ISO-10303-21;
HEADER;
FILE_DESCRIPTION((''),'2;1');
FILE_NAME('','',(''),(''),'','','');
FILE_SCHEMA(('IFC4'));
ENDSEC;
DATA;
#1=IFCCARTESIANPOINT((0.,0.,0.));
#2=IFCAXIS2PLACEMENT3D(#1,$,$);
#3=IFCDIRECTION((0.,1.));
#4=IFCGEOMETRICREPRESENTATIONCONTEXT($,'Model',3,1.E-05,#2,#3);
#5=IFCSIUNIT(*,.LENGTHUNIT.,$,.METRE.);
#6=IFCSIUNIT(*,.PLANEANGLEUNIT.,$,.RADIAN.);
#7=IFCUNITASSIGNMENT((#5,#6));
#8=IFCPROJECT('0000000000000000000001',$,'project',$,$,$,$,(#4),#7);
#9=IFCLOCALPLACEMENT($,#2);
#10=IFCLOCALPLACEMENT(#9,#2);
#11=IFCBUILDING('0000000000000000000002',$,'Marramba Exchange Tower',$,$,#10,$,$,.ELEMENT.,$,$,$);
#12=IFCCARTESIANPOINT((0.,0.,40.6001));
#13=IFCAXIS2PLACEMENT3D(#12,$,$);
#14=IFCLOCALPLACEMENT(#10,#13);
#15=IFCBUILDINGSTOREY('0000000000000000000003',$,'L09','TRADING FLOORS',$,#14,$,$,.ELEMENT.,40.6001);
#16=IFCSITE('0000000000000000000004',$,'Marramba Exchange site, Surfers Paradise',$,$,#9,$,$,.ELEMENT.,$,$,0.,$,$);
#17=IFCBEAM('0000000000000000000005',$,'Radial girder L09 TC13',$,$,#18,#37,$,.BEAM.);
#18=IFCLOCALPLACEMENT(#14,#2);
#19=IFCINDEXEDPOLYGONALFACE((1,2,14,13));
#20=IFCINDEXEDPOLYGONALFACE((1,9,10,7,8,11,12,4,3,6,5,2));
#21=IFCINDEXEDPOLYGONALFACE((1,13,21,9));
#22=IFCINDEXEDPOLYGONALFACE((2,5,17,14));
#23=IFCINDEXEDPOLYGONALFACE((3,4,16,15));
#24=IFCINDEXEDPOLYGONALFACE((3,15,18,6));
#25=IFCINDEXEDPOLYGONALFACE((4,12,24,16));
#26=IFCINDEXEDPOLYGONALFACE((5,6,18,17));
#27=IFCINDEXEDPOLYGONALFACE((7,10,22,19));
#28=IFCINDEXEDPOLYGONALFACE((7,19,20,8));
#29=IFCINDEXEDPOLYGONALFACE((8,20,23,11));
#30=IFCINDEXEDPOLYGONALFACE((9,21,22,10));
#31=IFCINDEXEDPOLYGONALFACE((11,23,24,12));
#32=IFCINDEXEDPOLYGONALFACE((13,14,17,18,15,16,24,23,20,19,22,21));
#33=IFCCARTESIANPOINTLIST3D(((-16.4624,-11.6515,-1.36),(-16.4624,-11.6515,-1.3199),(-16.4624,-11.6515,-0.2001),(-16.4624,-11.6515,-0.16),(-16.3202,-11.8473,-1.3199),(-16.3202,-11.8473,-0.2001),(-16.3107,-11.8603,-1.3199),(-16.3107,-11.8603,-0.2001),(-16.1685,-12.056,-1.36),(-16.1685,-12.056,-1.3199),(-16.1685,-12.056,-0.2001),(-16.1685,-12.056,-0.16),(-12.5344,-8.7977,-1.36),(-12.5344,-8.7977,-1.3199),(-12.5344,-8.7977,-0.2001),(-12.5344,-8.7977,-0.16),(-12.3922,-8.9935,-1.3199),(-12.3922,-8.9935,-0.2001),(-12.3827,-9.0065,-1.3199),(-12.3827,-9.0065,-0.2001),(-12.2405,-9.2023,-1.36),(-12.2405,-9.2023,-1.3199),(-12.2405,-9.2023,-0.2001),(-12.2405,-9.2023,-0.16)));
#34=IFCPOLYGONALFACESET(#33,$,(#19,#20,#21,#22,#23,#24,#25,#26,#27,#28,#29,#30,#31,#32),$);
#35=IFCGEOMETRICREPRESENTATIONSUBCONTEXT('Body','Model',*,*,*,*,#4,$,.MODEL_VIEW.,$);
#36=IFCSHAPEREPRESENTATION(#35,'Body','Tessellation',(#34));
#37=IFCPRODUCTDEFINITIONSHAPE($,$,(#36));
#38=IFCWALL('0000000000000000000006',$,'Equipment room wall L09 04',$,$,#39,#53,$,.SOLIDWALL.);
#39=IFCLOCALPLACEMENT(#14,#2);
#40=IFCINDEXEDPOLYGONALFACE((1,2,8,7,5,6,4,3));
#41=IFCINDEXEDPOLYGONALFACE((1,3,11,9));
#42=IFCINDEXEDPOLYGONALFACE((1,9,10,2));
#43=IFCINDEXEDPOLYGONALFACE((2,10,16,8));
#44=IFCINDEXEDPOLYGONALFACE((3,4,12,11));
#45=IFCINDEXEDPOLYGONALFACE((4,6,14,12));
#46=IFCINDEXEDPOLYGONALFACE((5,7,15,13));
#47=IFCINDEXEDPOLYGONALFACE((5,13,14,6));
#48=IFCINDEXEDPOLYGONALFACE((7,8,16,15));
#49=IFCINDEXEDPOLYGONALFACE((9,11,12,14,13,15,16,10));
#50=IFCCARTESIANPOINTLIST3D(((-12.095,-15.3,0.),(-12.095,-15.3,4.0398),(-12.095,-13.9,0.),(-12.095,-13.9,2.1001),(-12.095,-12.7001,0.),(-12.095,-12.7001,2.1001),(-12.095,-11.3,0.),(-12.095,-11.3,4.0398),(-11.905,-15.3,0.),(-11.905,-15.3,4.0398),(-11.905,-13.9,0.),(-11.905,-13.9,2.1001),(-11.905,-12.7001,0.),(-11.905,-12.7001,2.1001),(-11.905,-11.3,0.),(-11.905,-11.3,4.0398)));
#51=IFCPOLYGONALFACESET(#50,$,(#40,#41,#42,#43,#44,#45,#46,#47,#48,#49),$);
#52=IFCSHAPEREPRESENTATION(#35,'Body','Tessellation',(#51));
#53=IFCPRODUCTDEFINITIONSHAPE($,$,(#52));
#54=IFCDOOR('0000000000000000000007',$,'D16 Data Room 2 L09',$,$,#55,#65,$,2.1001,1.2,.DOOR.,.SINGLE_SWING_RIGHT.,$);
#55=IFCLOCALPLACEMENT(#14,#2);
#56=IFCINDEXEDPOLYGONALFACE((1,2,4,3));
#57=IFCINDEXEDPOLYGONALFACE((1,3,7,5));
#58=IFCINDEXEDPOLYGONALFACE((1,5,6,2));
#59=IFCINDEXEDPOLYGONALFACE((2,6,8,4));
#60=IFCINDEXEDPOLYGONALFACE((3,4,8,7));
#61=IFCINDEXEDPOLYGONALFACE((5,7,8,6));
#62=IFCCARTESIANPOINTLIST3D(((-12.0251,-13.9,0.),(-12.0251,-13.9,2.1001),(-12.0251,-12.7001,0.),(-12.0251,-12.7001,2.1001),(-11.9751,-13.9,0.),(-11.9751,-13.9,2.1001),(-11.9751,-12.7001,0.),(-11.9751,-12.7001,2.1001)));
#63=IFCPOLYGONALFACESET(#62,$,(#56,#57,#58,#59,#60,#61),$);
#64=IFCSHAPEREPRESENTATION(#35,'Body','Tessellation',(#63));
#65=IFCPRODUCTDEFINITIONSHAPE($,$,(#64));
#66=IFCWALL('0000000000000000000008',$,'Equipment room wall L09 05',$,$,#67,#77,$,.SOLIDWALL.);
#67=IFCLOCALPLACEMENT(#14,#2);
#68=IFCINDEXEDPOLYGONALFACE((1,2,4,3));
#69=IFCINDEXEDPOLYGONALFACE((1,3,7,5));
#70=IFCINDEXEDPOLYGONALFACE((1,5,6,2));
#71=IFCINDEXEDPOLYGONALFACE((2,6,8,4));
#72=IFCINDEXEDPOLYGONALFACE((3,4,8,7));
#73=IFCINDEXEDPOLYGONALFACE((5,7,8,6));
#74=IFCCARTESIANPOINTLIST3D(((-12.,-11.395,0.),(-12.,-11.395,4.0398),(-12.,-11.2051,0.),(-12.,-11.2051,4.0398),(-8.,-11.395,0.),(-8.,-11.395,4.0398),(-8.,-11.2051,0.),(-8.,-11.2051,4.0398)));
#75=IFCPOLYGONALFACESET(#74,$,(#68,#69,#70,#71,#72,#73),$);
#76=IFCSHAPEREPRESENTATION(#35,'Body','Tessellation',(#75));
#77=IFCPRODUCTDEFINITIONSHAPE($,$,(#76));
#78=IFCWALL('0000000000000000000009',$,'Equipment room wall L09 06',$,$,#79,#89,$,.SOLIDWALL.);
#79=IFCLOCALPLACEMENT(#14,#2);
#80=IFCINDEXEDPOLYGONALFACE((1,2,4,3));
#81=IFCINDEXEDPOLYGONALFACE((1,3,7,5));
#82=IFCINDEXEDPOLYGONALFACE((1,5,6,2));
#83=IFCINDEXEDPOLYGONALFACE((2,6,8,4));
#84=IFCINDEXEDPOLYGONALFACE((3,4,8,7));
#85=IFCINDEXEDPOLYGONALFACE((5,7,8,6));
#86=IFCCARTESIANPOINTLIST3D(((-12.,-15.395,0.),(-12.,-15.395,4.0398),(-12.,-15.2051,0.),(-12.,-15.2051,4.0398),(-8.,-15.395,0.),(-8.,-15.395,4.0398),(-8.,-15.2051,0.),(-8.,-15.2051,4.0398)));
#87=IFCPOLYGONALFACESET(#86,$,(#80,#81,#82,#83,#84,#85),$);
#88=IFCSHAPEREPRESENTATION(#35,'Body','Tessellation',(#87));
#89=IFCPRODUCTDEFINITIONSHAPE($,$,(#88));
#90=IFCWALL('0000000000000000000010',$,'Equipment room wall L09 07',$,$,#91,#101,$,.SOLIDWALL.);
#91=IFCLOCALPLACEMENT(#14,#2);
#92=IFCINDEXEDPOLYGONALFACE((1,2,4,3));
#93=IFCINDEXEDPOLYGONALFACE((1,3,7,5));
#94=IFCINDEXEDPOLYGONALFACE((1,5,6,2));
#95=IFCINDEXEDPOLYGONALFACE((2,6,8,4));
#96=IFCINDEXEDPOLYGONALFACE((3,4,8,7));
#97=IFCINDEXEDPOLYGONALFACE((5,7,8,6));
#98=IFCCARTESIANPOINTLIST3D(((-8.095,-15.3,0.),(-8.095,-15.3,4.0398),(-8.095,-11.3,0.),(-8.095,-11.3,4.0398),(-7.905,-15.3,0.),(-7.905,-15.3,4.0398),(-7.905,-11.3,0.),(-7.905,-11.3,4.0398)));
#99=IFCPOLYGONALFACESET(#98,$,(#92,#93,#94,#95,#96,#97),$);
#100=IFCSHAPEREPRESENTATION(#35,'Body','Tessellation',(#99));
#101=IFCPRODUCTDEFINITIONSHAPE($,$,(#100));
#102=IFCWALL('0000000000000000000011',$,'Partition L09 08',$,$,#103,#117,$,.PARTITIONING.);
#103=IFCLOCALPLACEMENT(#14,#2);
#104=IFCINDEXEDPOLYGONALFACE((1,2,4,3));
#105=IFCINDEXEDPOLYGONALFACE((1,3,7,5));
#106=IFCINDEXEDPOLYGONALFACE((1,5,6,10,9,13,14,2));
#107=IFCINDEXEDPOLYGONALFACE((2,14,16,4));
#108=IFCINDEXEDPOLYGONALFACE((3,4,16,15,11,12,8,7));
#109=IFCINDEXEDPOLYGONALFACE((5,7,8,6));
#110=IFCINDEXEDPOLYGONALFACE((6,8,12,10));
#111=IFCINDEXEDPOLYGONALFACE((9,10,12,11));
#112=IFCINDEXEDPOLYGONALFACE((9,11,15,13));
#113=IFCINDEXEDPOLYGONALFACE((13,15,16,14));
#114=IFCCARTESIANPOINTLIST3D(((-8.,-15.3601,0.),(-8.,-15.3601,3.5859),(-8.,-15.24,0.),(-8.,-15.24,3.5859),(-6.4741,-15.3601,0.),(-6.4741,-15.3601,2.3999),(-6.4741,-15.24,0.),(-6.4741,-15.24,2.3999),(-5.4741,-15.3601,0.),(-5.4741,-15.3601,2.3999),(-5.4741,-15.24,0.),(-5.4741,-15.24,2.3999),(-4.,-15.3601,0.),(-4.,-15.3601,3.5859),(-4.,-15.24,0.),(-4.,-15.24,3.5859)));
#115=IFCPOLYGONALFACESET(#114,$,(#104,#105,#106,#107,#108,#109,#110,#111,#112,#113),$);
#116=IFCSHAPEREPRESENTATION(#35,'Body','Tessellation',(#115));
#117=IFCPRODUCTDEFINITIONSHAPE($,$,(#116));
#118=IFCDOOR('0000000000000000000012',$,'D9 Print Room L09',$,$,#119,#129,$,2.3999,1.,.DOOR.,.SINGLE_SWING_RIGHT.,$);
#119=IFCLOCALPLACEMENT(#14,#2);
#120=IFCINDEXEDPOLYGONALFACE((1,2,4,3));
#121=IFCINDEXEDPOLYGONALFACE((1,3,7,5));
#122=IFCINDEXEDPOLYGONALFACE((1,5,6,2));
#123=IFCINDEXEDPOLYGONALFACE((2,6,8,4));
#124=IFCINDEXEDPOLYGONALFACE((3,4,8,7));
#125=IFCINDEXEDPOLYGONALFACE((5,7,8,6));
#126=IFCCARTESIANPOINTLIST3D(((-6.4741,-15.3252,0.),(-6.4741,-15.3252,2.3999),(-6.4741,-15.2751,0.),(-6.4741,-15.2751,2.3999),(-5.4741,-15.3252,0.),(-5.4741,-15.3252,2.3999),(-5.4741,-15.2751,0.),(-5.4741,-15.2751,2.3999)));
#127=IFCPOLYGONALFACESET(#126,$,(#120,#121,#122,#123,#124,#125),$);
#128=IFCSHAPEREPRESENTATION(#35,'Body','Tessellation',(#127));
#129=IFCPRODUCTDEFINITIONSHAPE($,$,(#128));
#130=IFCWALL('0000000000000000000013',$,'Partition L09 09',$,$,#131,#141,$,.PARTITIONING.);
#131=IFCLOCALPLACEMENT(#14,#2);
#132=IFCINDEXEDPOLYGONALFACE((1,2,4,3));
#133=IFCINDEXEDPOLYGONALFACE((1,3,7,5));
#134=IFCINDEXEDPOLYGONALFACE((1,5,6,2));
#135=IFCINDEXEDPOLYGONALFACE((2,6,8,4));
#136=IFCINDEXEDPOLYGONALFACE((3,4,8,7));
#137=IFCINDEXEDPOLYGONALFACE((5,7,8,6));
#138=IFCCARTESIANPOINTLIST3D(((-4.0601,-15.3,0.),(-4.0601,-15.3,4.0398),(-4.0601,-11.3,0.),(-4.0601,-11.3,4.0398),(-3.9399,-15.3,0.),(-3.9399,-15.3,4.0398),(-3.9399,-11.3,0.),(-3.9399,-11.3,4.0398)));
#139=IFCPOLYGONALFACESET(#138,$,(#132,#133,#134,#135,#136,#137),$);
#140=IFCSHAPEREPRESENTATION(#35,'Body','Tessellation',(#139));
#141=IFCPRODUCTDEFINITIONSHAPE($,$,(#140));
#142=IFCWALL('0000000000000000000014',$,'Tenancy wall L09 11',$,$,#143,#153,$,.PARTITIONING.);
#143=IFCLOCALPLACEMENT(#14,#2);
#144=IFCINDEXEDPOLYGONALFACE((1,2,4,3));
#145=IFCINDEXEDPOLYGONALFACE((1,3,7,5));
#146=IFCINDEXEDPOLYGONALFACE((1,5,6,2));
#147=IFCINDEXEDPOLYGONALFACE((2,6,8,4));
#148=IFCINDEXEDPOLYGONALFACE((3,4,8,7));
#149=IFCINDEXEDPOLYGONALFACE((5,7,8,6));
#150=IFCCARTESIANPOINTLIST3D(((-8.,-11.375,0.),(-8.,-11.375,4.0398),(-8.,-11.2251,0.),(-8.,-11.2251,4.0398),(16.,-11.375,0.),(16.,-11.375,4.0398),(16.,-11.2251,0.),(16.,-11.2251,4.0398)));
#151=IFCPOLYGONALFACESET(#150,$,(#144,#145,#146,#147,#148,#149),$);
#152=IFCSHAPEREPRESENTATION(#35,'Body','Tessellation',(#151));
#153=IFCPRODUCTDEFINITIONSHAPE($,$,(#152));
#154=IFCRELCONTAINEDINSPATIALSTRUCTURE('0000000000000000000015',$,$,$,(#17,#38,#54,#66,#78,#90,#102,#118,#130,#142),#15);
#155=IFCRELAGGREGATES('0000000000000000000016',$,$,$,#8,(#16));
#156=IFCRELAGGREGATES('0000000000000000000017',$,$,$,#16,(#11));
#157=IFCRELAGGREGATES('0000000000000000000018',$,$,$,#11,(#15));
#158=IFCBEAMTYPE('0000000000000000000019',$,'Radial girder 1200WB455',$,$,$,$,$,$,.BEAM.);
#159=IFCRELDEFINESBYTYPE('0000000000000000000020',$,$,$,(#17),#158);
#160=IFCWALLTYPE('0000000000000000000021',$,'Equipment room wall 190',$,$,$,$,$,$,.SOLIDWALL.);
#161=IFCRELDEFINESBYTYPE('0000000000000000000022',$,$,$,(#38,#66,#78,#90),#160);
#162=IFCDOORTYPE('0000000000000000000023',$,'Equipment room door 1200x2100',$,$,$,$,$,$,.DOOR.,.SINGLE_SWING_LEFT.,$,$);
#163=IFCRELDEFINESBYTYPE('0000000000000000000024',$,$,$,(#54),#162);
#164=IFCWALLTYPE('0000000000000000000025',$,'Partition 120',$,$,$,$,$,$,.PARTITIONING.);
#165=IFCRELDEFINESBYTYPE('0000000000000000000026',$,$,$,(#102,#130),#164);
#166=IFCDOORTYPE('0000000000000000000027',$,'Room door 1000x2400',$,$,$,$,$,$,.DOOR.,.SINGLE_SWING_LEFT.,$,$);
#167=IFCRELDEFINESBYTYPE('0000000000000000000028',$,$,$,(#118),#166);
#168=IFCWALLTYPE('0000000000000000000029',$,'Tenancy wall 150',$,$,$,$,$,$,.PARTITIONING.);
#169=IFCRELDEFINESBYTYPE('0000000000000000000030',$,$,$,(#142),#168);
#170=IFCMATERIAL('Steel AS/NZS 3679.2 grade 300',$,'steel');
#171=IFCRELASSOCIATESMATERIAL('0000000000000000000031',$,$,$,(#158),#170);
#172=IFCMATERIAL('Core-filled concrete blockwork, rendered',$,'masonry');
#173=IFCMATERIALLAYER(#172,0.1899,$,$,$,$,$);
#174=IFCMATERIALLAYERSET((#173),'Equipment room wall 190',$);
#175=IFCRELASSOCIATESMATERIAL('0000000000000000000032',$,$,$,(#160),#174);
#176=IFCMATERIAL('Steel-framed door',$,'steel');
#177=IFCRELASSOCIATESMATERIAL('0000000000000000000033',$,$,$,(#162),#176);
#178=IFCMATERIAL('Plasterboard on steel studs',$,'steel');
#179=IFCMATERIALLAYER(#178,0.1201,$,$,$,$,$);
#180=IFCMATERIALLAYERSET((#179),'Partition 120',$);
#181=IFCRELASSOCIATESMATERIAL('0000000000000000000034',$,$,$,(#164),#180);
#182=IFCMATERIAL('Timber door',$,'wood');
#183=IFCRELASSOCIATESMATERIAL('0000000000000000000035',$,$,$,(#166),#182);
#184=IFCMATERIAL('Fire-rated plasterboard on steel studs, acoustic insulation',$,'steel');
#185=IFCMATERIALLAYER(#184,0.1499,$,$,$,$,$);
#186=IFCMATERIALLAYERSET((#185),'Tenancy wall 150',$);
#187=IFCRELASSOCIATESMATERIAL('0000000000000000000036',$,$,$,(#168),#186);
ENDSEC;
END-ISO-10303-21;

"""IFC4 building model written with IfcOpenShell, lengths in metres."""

from ifc_helpers import new_model, si_unit, direction, frame, frame_2d, origin, origin_2d, place, context, subcontext, project, spatial, rectangle, i_section, extrude, material, layer, layer_set, material_profile, profile_set, type_object, element, fill, save


model = new_model("IFC4")

# Units and contexts
model_context = context("Model", 3, precision=1e-05, world=origin(), true_north=direction((0.0, 1.0)))
body_context = subcontext(model_context, "Body", "Model", "MODEL_VIEW")
ifc_project = project(units=[si_unit("LENGTHUNIT", "METRE"), si_unit("PLANEANGLEUNIT", "RADIAN")], contexts=[model_context])

# Site, building, storey
site_placement = place(None, origin())
site = spatial("IfcSite", under=ifc_project, at=site_placement, Name="Marramba Exchange site, Surfers Paradise", CompositionType="ELEMENT", RefElevation=0.0)
building_placement = place(site_placement, origin())
building = spatial("IfcBuilding", under=site, at=building_placement, Name="Marramba Exchange Tower", CompositionType="ELEMENT")
storey_placement = place(building_placement, frame((0.0, 0.0, 40.6001)))
storey = spatial("IfcBuildingStorey", under=building, at=storey_placement, Name="L09", Description="TRADING FLOORS", CompositionType="ELEMENT", Elevation=40.6001)

# Beam
ifc_material_1 = material(Name="Steel AS/NZS 3679.2 grade 300", Category="steel")
ifc_material_profile_1 = material_profile(ifc_material_1, i_section(OverallWidth=0.5, OverallDepth=1.2, WebThickness=0.0161, FlangeThickness=0.04, at=origin_2d()), Name="1200WB455")
ifc_profile_set_1 = profile_set([ifc_material_profile_1], Name="Steel AS/NZS 3679.2 grade 300")
beam_type_1 = type_object("IfcBeamType", Name="Radial girder 1200WB455", PredefinedType="BEAM", material=ifc_profile_set_1)
beam_1_placement = place(storey_placement, frame((-12.3875, -9.0, -0.76), z_axis=(-0.809025, -0.587774, 0.0), x_axis=(0.587774, -0.809025, 0.0)))
element("IfcBeam", 1, at=beam_1_placement, inside=storey, type_object=beam_type_1, Name="Radial girder L09 TC13", PredefinedType="BEAM", context=body_context, shape_type="SweptSolid", body=[
    extrude(i_section(OverallWidth=0.5, OverallDepth=1.2, WebThickness=0.0161, FlangeThickness=0.04, at=origin_2d()), origin(), (0.0, 0.0, 1.0), 4.8552),
])

# Wall, opening, door
ifc_material_2 = material(Name="Core-filled concrete blockwork, rendered", Category="masonry")
ifc_layer_1 = layer(ifc_material_2, 0.1899)
ifc_layer_set_1 = layer_set([ifc_layer_1], Name="Equipment room wall 190")
wall_type_1 = type_object("IfcWallType", Name="Equipment room wall 190", PredefinedType="SOLIDWALL", material=ifc_layer_set_1)
wall_1_placement = place(storey_placement, frame((-12.0, -11.3, 0.0), z_axis=(0.0, 0.0, 1.0), x_axis=(0.0, -1.0, 0.0)))
wall_1 = element("IfcWall", 2, at=wall_1_placement, inside=storey, type_object=wall_type_1, Name="Equipment room wall L09 04", PredefinedType="SOLIDWALL", context=body_context, shape_type="SweptSolid", body=[
    extrude(rectangle(XDim=4.0, YDim=0.1899, at=frame_2d((2.0, 0.0))), origin(), (0.0, 0.0, 1.0), 4.0398),
])
opening_1_placement = place(wall_1_placement, frame((1.3999, 0.0, 0.0)))
opening_1 = element("IfcOpeningElement", 3, at=opening_1_placement, cuts=wall_1, PredefinedType="OPENING", context=body_context, shape_type="SweptSolid", body=[
    extrude(rectangle(XDim=1.2, YDim=2.1001, at=frame_2d((0.6001, 1.05))), frame((0.0, 0.105, 0.0), z_axis=(0.0, -1.0, 0.0), x_axis=(1.0, 0.0, 0.0)), (0.0, 0.0, 1.0), 0.21),
])
ifc_material_3 = material(Name="Steel-framed door", Category="steel")
door_type_1 = type_object("IfcDoorType", Name="Equipment room door 1200x2100", OperationType="SINGLE_SWING_LEFT", PredefinedType="DOOR", material=ifc_material_3)
door_1_placement = place(opening_1_placement, origin())
door_1 = element("IfcDoor", 4, at=door_1_placement, inside=storey, type_object=door_type_1, Name="D16 Data Room 2 L09", OperationType="SINGLE_SWING_RIGHT", OverallHeight=2.1001, OverallWidth=1.2, PredefinedType="DOOR", context=body_context, shape_type="SweptSolid", body=[
    extrude(rectangle(XDim=1.2, YDim=2.1001, at=frame_2d((0.6001, 1.05))), frame((0.0, 0.0249, 0.0), z_axis=(0.0, -1.0, 0.0), x_axis=(1.0, 0.0, 0.0)), (0.0, 0.0, 1.0), 0.05),
])
fill(opening_1, door_1)

# Walls
for number, where, z_axis, x_axis, name in (
    (5, (-8.0, -11.3, 0.0), (0.0, 0.0, 1.0), (-1.0, 0.0, 0.0), "Equipment room wall L09 05"),
    (6, (-12.0, -15.3, 0.0), (0.0, 0.0, 1.0), (1.0, 0.0, 0.0), "Equipment room wall L09 06"),
    (7, (-8.0, -11.3, 0.0), (0.0, 0.0, 1.0), (0.0, -1.0, 0.0), "Equipment room wall L09 07"),
):
    element("IfcWall", number, at=place(storey_placement, frame(where, z_axis=z_axis, x_axis=x_axis)), inside=storey, type_object=wall_type_1, Name=name, PredefinedType="SOLIDWALL", context=body_context, shape_type="SweptSolid", body=[
        extrude(rectangle(XDim=4.0, YDim=0.1899, at=frame_2d((2.0, 0.0))), origin(), (0.0, 0.0, 1.0), 4.0398),
    ])

# Wall, opening, door
ifc_material_4 = material(Name="Plasterboard on steel studs", Category="steel")
ifc_layer_2 = layer(ifc_material_4, 0.1201)
ifc_layer_set_2 = layer_set([ifc_layer_2], Name="Partition 120")
wall_type_2 = type_object("IfcWallType", Name="Partition 120", PredefinedType="PARTITIONING", material=ifc_layer_set_2)
wall_2_placement = place(storey_placement, frame((-8.0, -15.3, 0.0), z_axis=(0.0, 0.0, 1.0), x_axis=(1.0, 0.0, 0.0)))
wall_2 = element("IfcWall", 8, at=wall_2_placement, inside=storey, type_object=wall_type_2, Name="Partition L09 08", PredefinedType="PARTITIONING", context=body_context, shape_type="SweptSolid", body=[
    extrude(rectangle(XDim=4.0, YDim=0.1201, at=frame_2d((2.0, 0.0))), origin(), (0.0, 0.0, 1.0), 3.5859),
])
opening_2_placement = place(wall_2_placement, frame((1.5259, 0.0, 0.0)))
opening_2 = element("IfcOpeningElement", 9, at=opening_2_placement, cuts=wall_2, PredefinedType="OPENING", context=body_context, shape_type="SweptSolid", body=[
    extrude(rectangle(XDim=1.0, YDim=2.3999, at=frame_2d((0.5, 1.2))), frame((0.0, 0.0701, 0.0), z_axis=(0.0, -1.0, 0.0), x_axis=(1.0, 0.0, 0.0)), (0.0, 0.0, 1.0), 0.1401),
])
ifc_material_5 = material(Name="Timber door", Category="wood")
door_type_2 = type_object("IfcDoorType", Name="Room door 1000x2400", OperationType="SINGLE_SWING_LEFT", PredefinedType="DOOR", material=ifc_material_5)
door_2_placement = place(opening_2_placement, origin())
door_2 = element("IfcDoor", 10, at=door_2_placement, inside=storey, type_object=door_type_2, Name="D9 Print Room L09", OperationType="SINGLE_SWING_RIGHT", OverallHeight=2.3999, OverallWidth=1.0, PredefinedType="DOOR", context=body_context, shape_type="SweptSolid", body=[
    extrude(rectangle(XDim=1.0, YDim=2.3999, at=frame_2d((0.5, 1.2))), frame((0.0, 0.0249, 0.0), z_axis=(0.0, -1.0, 0.0), x_axis=(1.0, 0.0, 0.0)), (0.0, 0.0, 1.0), 0.05),
])
fill(opening_2, door_2)

# Walls
wall_3_placement = place(storey_placement, frame((-4.0, -15.3, 0.0), z_axis=(0.0, 0.0, 1.0), x_axis=(0.0, 1.0, 0.0)))
element("IfcWall", 11, at=wall_3_placement, inside=storey, type_object=wall_type_2, Name="Partition L09 09", PredefinedType="PARTITIONING", context=body_context, shape_type="SweptSolid", body=[
    extrude(rectangle(XDim=4.0, YDim=0.1201, at=frame_2d((2.0, 0.0))), origin(), (0.0, 0.0, 1.0), 4.0398),
])
ifc_material_6 = material(Name="Fire-rated plasterboard on steel studs, acoustic insulation", Category="steel")
ifc_layer_3 = layer(ifc_material_6, 0.1499)
ifc_layer_set_3 = layer_set([ifc_layer_3], Name="Tenancy wall 150")
wall_type_3 = type_object("IfcWallType", Name="Tenancy wall 150", PredefinedType="PARTITIONING", material=ifc_layer_set_3)
wall_4_placement = place(storey_placement, frame((-8.0, -11.3, 0.0), z_axis=(0.0, 0.0, 1.0), x_axis=(1.0, 0.0, 0.0)))
element("IfcWall", 12, at=wall_4_placement, inside=storey, type_object=wall_type_3, Name="Tenancy wall L09 11", PredefinedType="PARTITIONING", context=body_context, shape_type="SweptSolid", body=[
    extrude(rectangle(XDim=24.0, YDim=0.1499, at=frame_2d((12.0, 0.0))), origin(), (0.0, 0.0, 1.0), 4.0398),
])

save(model, "model.ifc")
